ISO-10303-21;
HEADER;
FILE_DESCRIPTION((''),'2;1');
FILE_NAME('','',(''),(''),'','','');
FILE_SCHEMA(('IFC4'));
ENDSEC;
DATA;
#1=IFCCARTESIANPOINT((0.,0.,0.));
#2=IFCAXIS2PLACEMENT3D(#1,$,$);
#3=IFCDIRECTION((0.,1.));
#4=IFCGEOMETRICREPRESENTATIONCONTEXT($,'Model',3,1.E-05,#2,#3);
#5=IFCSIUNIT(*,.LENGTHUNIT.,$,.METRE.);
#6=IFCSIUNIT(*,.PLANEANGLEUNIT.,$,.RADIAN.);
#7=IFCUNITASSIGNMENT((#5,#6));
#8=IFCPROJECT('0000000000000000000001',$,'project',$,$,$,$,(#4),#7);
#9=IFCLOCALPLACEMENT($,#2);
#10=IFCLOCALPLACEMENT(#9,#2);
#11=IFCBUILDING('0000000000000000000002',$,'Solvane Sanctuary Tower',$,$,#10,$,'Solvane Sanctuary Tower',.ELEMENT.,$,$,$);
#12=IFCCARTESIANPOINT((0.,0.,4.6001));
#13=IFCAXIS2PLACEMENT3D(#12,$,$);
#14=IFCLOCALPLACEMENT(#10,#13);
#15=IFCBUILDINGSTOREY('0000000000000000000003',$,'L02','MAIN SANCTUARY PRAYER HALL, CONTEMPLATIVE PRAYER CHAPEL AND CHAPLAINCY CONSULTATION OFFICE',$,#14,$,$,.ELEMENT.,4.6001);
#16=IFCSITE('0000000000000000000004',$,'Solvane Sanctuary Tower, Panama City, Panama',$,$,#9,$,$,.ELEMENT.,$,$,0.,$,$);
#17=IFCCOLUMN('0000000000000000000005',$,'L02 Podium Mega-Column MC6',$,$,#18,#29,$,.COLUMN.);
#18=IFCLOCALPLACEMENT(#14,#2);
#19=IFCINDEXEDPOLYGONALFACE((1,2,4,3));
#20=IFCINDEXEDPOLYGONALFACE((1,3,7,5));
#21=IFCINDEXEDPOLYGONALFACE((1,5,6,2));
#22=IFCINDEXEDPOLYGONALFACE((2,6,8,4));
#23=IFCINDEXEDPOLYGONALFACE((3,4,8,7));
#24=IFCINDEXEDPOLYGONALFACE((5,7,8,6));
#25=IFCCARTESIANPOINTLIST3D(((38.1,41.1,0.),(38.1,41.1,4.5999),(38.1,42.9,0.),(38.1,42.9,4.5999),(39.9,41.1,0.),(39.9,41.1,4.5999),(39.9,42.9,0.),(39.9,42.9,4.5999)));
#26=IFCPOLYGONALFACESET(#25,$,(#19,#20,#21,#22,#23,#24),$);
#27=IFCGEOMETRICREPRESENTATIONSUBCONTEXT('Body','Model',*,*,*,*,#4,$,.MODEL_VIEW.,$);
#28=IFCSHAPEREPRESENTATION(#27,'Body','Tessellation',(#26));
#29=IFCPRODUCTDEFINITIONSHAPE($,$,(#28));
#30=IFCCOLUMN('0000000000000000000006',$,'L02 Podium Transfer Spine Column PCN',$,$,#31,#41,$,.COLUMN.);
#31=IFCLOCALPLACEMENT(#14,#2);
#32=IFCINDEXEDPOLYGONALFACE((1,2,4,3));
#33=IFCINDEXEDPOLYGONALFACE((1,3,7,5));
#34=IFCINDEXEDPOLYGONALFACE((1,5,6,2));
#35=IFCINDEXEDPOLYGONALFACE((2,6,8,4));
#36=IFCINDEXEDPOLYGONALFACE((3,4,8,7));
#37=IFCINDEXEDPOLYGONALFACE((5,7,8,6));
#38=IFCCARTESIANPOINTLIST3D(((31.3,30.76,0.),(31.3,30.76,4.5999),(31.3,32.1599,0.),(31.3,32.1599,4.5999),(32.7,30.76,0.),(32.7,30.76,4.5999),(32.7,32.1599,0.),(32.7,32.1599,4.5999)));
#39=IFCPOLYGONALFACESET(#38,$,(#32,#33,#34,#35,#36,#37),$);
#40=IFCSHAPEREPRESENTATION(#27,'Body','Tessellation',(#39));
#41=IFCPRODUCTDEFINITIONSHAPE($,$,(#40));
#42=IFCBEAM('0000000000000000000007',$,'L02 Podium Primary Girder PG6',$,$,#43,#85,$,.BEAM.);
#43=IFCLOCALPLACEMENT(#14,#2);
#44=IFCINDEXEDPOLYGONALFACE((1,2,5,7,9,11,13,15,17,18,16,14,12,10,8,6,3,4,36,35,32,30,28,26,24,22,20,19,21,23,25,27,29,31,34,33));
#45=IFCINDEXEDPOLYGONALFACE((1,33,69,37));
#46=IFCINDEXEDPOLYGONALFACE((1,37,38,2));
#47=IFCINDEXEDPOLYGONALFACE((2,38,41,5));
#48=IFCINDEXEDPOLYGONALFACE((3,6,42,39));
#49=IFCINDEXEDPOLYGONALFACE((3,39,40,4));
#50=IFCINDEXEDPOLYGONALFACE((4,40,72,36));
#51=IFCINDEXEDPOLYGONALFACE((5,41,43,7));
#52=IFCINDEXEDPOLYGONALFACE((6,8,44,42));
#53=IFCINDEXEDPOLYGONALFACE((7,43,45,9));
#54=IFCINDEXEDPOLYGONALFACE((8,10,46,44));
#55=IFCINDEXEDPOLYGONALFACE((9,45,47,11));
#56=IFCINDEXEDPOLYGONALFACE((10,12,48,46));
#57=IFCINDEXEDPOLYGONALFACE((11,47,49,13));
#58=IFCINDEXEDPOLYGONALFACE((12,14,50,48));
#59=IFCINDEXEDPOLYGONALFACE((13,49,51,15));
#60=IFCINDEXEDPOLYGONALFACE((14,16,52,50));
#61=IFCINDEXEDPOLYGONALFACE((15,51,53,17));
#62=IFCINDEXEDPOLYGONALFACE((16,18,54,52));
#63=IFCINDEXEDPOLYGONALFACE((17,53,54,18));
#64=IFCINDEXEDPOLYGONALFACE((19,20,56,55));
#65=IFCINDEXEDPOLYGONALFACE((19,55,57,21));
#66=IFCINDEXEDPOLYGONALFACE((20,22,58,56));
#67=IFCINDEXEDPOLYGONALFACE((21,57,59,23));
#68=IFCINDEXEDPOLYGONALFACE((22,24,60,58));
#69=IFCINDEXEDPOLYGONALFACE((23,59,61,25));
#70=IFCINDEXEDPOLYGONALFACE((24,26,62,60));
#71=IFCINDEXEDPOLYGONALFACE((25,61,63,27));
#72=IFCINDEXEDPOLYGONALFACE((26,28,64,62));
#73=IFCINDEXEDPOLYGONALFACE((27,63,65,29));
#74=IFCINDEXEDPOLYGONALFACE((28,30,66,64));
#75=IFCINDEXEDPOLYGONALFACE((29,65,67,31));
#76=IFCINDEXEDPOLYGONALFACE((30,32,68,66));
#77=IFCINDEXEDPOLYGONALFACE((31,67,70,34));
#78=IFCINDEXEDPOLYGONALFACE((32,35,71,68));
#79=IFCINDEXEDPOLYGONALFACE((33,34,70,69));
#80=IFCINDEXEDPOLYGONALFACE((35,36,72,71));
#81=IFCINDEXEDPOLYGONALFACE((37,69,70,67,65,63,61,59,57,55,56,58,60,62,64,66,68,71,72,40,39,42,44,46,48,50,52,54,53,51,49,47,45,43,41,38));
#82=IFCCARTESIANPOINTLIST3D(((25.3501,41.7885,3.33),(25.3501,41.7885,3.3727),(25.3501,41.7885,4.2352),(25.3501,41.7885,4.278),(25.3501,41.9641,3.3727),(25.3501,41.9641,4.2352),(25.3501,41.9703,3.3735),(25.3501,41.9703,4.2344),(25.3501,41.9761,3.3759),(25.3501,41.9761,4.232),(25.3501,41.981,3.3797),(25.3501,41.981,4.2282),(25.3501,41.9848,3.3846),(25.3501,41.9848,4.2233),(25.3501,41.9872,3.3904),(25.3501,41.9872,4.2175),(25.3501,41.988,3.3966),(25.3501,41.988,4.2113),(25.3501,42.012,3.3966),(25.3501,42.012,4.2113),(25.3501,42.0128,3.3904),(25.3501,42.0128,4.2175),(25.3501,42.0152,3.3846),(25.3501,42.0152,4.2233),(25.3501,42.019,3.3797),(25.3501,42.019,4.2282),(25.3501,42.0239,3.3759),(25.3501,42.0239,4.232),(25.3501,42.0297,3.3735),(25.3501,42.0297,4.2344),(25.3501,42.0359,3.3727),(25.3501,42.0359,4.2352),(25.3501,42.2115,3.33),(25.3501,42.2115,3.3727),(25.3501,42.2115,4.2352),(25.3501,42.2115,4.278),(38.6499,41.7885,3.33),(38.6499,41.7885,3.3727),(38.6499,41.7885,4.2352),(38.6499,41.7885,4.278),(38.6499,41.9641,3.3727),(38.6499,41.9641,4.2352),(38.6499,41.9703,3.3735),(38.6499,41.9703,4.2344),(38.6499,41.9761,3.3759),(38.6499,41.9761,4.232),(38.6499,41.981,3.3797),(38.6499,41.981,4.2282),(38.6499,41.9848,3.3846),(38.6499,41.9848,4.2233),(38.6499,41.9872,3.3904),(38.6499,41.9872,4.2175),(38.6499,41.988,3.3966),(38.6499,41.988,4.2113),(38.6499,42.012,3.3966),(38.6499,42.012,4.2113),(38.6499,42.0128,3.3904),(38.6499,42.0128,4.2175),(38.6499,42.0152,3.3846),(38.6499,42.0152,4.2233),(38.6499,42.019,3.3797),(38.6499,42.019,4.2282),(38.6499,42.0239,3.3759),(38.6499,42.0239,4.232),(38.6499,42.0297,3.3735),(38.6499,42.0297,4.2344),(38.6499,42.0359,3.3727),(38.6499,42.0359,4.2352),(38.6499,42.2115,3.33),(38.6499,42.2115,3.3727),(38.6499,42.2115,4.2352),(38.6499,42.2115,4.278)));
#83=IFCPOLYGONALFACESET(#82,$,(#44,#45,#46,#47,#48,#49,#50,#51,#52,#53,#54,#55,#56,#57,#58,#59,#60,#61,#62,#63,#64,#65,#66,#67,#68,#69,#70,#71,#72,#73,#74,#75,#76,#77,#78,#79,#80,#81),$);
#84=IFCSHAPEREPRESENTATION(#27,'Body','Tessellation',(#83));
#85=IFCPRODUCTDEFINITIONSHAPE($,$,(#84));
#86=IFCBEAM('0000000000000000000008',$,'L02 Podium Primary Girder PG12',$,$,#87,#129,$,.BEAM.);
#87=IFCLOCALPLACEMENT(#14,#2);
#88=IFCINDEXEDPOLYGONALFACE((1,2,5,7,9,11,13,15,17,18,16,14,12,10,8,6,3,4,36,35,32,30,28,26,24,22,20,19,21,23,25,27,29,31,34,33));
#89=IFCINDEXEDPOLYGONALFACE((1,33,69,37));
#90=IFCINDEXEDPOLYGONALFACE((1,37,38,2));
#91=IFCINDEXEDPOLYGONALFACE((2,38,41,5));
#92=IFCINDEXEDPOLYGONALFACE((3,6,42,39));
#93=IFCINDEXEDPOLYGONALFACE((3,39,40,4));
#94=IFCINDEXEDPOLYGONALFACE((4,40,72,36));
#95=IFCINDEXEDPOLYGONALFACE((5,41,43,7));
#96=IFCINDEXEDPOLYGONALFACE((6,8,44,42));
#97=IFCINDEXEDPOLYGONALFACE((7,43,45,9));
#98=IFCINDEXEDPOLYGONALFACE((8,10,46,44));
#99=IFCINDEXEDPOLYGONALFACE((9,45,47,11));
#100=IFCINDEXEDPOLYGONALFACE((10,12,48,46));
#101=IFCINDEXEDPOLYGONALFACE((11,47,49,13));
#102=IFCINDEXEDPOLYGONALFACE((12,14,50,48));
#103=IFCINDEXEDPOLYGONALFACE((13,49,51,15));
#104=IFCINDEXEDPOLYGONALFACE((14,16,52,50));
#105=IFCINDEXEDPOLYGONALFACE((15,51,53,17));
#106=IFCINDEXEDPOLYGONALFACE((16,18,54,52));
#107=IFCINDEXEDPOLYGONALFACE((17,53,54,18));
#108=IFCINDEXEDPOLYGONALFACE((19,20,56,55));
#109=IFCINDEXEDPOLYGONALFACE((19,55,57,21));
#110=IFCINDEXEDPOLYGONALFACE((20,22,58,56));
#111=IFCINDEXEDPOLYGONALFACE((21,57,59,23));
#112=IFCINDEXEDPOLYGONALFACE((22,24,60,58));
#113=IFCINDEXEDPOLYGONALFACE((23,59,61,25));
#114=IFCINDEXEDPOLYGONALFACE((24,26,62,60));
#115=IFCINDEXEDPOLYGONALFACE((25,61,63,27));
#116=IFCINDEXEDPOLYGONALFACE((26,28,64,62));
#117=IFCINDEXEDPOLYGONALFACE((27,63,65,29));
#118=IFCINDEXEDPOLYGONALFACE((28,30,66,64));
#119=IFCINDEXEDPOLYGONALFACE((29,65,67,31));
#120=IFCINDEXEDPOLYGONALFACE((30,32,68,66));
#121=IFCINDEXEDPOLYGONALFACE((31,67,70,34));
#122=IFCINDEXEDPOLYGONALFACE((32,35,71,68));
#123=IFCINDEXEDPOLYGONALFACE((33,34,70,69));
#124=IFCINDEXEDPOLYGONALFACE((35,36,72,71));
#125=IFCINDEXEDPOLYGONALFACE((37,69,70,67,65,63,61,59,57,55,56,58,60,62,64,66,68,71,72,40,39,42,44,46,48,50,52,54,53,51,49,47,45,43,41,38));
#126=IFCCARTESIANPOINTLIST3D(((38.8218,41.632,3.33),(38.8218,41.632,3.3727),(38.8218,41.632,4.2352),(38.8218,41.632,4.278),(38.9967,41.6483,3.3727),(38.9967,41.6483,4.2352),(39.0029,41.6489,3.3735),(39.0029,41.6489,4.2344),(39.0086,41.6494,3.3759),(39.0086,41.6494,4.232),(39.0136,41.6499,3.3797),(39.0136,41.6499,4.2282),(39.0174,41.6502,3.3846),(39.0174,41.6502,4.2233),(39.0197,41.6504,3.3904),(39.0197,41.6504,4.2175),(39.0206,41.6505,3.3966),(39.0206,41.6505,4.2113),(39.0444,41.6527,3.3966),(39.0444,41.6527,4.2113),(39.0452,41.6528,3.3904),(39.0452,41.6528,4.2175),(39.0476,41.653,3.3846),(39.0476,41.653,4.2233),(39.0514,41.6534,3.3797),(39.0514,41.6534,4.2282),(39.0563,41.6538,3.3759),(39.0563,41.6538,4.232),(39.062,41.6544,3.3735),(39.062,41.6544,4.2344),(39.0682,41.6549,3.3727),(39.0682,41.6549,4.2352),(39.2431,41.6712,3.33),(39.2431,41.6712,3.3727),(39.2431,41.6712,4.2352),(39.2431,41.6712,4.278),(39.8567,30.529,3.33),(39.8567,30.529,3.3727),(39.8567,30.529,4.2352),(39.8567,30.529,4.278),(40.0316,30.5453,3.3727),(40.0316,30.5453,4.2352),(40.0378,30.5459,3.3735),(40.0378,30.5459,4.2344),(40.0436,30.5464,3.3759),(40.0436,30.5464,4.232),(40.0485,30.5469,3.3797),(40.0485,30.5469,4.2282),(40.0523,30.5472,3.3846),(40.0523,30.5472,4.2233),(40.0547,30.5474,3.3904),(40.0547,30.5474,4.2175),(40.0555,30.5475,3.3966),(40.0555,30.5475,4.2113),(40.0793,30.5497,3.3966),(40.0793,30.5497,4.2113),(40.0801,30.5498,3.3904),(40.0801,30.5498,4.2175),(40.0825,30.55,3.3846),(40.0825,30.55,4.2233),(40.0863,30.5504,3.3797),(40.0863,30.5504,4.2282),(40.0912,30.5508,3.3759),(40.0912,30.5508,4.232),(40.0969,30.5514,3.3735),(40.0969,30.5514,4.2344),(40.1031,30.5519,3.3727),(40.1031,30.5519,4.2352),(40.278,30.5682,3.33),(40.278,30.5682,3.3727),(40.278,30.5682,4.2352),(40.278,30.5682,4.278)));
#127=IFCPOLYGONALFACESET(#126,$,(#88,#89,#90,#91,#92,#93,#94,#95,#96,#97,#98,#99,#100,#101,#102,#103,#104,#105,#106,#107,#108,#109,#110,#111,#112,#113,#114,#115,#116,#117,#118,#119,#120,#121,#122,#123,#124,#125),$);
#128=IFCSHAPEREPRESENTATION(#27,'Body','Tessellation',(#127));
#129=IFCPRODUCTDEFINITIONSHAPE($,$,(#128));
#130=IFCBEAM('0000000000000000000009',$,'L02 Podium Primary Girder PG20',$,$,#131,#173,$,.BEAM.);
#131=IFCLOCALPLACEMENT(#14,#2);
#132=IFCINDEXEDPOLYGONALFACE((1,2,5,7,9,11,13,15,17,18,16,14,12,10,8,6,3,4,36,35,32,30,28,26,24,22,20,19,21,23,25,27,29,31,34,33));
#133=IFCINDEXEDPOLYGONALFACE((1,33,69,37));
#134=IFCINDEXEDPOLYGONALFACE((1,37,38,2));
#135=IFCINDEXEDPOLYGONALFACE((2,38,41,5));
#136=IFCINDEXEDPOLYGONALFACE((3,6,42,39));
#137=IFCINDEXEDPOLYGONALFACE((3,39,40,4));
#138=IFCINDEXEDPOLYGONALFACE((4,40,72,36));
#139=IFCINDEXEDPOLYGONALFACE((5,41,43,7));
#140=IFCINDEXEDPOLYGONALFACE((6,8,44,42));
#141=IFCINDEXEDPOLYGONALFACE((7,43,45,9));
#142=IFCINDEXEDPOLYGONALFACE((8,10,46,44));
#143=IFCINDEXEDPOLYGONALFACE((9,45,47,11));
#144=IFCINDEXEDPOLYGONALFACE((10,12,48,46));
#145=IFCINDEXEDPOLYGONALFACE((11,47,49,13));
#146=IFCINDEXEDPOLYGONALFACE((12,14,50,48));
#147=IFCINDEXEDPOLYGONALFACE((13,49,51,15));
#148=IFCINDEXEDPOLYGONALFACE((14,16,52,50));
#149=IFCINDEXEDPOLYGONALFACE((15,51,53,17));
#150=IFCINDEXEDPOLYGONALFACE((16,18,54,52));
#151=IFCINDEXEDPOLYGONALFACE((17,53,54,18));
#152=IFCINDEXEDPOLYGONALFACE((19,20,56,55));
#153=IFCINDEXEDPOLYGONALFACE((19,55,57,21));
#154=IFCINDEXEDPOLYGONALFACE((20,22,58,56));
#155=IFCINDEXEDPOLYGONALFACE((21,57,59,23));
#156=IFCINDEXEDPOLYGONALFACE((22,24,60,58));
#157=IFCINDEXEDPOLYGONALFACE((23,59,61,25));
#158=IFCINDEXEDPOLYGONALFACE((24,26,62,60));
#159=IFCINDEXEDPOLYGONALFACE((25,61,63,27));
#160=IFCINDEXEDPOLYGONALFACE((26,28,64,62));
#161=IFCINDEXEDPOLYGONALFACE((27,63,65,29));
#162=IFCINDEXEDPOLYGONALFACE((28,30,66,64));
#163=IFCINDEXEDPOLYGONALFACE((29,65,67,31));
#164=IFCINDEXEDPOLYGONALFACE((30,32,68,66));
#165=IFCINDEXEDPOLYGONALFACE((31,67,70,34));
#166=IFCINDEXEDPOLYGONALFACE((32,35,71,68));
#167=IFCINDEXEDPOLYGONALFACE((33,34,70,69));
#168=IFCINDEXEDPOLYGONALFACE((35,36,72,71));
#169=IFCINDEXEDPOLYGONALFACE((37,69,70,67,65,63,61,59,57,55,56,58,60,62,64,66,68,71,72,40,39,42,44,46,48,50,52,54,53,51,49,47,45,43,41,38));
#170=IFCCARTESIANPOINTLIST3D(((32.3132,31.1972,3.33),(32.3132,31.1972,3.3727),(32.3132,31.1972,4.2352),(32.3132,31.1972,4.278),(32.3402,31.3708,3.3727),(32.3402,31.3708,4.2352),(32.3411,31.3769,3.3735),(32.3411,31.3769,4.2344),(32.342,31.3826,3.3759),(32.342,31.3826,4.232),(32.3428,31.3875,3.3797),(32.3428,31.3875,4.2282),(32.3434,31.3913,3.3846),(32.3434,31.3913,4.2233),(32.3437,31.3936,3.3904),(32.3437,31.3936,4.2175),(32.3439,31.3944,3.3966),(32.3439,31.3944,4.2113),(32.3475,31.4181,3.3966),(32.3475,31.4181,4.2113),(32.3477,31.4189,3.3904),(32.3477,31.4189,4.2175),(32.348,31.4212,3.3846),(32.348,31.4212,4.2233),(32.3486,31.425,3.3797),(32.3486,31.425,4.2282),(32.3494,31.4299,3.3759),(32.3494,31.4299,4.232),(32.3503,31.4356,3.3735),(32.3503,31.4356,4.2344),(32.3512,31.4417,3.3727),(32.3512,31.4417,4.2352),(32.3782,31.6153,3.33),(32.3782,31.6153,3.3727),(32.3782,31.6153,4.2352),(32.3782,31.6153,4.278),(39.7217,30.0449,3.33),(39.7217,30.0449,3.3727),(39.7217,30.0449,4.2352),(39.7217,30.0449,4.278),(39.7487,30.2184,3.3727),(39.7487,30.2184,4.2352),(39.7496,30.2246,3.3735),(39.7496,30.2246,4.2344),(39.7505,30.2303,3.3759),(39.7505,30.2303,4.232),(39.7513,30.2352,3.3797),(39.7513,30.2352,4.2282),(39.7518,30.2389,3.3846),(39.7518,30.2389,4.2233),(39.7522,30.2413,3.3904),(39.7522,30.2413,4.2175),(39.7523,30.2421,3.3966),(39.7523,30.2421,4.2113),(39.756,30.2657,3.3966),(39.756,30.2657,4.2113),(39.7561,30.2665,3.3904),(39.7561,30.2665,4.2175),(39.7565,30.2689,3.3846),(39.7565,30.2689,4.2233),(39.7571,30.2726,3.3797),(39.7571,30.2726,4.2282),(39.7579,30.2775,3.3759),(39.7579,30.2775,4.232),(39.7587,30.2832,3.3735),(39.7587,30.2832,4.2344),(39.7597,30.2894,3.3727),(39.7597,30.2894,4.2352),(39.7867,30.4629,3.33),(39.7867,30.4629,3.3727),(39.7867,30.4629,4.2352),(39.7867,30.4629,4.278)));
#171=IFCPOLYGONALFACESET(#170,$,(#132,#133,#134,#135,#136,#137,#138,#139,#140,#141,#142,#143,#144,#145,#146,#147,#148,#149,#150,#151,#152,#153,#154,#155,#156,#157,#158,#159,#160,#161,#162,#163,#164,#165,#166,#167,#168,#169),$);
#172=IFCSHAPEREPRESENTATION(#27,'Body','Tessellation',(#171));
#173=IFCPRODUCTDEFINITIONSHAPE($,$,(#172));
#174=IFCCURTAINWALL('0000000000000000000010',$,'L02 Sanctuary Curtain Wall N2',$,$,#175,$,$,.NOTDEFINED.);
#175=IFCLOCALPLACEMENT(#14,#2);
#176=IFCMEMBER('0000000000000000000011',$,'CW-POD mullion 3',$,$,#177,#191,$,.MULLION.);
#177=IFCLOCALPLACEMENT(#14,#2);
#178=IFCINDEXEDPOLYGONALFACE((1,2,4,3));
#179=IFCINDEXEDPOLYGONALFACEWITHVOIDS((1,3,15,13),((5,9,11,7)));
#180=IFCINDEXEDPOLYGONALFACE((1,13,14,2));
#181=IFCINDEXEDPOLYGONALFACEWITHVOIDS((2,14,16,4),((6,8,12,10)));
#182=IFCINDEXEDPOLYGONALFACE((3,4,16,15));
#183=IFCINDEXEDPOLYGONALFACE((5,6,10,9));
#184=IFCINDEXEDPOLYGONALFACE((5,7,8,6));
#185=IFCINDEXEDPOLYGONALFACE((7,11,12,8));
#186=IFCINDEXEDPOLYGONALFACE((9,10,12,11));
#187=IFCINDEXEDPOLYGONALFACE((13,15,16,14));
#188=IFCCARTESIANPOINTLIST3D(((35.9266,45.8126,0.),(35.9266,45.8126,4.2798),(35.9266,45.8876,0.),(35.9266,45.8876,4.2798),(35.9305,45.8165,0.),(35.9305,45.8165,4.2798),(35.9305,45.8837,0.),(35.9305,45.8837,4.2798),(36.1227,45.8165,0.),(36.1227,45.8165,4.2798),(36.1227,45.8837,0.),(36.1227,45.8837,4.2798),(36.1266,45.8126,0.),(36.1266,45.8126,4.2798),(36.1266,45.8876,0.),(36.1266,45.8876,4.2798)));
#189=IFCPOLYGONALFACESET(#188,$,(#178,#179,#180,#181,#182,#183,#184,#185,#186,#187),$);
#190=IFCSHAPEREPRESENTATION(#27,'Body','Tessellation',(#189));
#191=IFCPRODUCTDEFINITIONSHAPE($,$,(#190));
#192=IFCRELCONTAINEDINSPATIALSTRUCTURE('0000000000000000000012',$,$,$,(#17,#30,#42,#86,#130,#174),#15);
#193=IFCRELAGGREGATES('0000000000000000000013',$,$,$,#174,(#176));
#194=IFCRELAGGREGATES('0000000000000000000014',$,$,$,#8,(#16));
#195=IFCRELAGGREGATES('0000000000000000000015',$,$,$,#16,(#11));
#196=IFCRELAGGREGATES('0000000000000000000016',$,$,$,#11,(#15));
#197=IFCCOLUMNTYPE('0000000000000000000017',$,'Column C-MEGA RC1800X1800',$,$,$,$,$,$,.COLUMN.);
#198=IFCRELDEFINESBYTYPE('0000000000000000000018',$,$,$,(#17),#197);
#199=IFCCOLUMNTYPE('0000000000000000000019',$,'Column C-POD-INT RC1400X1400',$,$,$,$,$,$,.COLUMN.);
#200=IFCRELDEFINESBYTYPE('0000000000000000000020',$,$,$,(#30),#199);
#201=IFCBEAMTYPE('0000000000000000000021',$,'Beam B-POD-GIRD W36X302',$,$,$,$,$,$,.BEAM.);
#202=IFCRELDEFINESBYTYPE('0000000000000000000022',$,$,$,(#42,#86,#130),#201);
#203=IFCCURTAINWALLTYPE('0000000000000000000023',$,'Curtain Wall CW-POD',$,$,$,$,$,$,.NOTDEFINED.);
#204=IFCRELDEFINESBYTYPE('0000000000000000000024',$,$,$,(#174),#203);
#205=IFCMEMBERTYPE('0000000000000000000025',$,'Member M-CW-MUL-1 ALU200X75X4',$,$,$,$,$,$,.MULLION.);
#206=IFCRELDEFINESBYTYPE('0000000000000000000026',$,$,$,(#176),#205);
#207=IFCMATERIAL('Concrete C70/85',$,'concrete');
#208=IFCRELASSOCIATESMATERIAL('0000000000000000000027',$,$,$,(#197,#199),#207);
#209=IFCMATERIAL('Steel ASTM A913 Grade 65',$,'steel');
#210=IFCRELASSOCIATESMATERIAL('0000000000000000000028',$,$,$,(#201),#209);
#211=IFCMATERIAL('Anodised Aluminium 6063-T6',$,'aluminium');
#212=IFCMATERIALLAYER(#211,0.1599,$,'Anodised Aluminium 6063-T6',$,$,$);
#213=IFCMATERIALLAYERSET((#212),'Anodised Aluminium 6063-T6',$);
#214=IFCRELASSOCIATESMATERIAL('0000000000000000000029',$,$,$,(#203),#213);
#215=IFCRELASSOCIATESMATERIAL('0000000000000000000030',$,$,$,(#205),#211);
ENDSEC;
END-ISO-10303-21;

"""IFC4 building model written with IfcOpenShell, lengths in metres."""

from ifc_helpers import new_model, si_unit, direction, frame, origin, origin_2d, place, context, subcontext, project, spatial, rectangle, hollow_rectangle, i_section, extrude, material, layer, layer_set, material_profile, profile_set, type_object, element, aggregate, save


model = new_model("IFC4")

# Units and contexts
model_context = context("Model", 3, precision=1e-05, world=origin(), true_north=direction((0.0, 1.0)))
body_context = subcontext(model_context, "Body", "Model", "MODEL_VIEW")
ifc_project = project(units=[si_unit("LENGTHUNIT", "METRE"), si_unit("PLANEANGLEUNIT", "RADIAN")], contexts=[model_context])

# Site, building, storey
site_placement = place(None, origin())
site = spatial("IfcSite", under=ifc_project, at=site_placement, Name="Solvane Sanctuary Tower, Panama City, Panama", CompositionType="ELEMENT", RefElevation=0.0)
building_placement = place(site_placement, origin())
building = spatial("IfcBuilding", under=site, at=building_placement, Name="Solvane Sanctuary Tower", LongName="Solvane Sanctuary Tower", CompositionType="ELEMENT")
storey_placement = place(building_placement, frame((0.0, 0.0, 4.6001)))
storey = spatial("IfcBuildingStorey", under=building, at=storey_placement, Name="L02", Description="MAIN SANCTUARY PRAYER HALL, CONTEMPLATIVE PRAYER CHAPEL AND CHAPLAINCY CONSULTATION OFFICE", CompositionType="ELEMENT", Elevation=4.6001)

# Columns
ifc_material_1 = material(Name="Concrete C70/85", Category="concrete")
ifc_material_profile_1 = material_profile(ifc_material_1, rectangle(XDim=1.8, YDim=1.8, at=origin_2d()), Name="RC1800X1800")
ifc_profile_set_1 = profile_set([ifc_material_profile_1], Name="Concrete C70/85")
column_type_1 = type_object("IfcColumnType", Name="Column C-MEGA RC1800X1800", PredefinedType="COLUMN", material=ifc_profile_set_1)
column_1_placement = place(storey_placement, frame((39.0, 42.0, 0.0), z_axis=(0.0, 0.0, 1.0), x_axis=(1.0, 0.0, 0.0)))
element("IfcColumn", 1, at=column_1_placement, inside=storey, type_object=column_type_1, Name="L02 Podium Mega-Column MC6", PredefinedType="COLUMN", context=body_context, shape_type="SweptSolid", body=[
    extrude(rectangle(XDim=1.8, YDim=1.8, at=origin_2d()), origin(), (0.0, 0.0, 1.0), 4.5999),
])
ifc_material_profile_2 = material_profile(ifc_material_1, rectangle(XDim=1.3999, YDim=1.3999, at=origin_2d()), Name="RC1400X1400")
ifc_profile_set_2 = profile_set([ifc_material_profile_2], Name="Concrete C70/85")
column_type_2 = type_object("IfcColumnType", Name="Column C-POD-INT RC1400X1400", PredefinedType="COLUMN", material=ifc_profile_set_2)
column_2_placement = place(storey_placement, frame((32.0, 31.46, 0.0), z_axis=(0.0, 0.0, 1.0), x_axis=(1.0, 0.0, 0.0)))
element("IfcColumn", 2, at=column_2_placement, inside=storey, type_object=column_type_2, Name="L02 Podium Transfer Spine Column PCN", PredefinedType="COLUMN", context=body_context, shape_type="SweptSolid", body=[
    extrude(rectangle(XDim=1.3999, YDim=1.3999, at=origin_2d()), origin(), (0.0, 0.0, 1.0), 4.5999),
])

# Beams
ifc_material_2 = material(Name="Steel ASTM A913 Grade 65", Category="steel")
ifc_material_profile_3 = material_profile(ifc_material_2, i_section(OverallWidth=0.4231, OverallDepth=0.948, WebThickness=0.0239, FlangeThickness=0.0427, FilletRadius=0.0239, at=origin_2d()), Name="W36X302")
ifc_profile_set_3 = profile_set([ifc_material_profile_3], Name="Steel ASTM A913 Grade 65")
beam_type = type_object("IfcBeamType", Name="Beam B-POD-GIRD W36X302", PredefinedType="BEAM", material=ifc_profile_set_3)
beam_1_placement = place(storey_placement, frame((38.6499, 42.0, 3.804), z_axis=(-1.0, 0.0, 0.0), x_axis=(0.0, -1.0, 0.0)))
element("IfcBeam", 3, at=beam_1_placement, inside=storey, type_object=beam_type, Name="L02 Podium Primary Girder PG6", PredefinedType="BEAM", context=body_context, shape_type="SweptSolid", body=[
    extrude(i_section(OverallWidth=0.4231, OverallDepth=0.948, WebThickness=0.0239, FlangeThickness=0.0427, FilletRadius=0.0239, at=origin_2d()), origin(), (0.0, 0.0, 1.0), 13.2998),
])
beam_2_placement = place(storey_placement, frame((39.0325, 41.6516, 3.804), z_axis=(0.092808, -0.995684, 0.0), x_axis=(0.995684, 0.092808, 0.0)))
element("IfcBeam", 4, at=beam_2_placement, inside=storey, type_object=beam_type, Name="L02 Podium Primary Girder PG12", PredefinedType="BEAM", context=body_context, shape_type="SweptSolid", body=[
    extrude(i_section(OverallWidth=0.4231, OverallDepth=0.948, WebThickness=0.0239, FlangeThickness=0.0427, FilletRadius=0.0239, at=origin_2d()), origin(), (0.0, 0.0, 1.0), 11.1511),
])
beam_3_placement = place(storey_placement, frame((32.3457, 31.4062, 3.804), z_axis=(0.988118, -0.153696, 0.0), x_axis=(0.153696, 0.988118, 0.0)))
element("IfcBeam", 5, at=beam_3_placement, inside=storey, type_object=beam_type, Name="L02 Podium Primary Girder PG20", PredefinedType="BEAM", context=body_context, shape_type="SweptSolid", body=[
    extrude(i_section(OverallWidth=0.4231, OverallDepth=0.948, WebThickness=0.0239, FlangeThickness=0.0427, FilletRadius=0.0239, at=origin_2d()), origin(), (0.0, 0.0, 1.0), 7.4976),
])

# Curtain wall, member
ifc_material_3 = material(Name="Anodised Aluminium 6063-T6", Category="aluminium")
ifc_layer_1 = layer(ifc_material_3, 0.1599, Name="Anodised Aluminium 6063-T6")
ifc_layer_set_1 = layer_set([ifc_layer_1], Name="Anodised Aluminium 6063-T6")
curtain_wall_type = type_object("IfcCurtainWallType", Name="Curtain Wall CW-POD", PredefinedType="NOTDEFINED", material=ifc_layer_set_1)
curtain_wall_placement = place(storey_placement, origin())
curtain_wall = element("IfcCurtainWall", 6, at=curtain_wall_placement, inside=storey, type_object=curtain_wall_type, Name="L02 Sanctuary Curtain Wall N2", PredefinedType="NOTDEFINED")
ifc_material_profile_4 = material_profile(ifc_material_3, hollow_rectangle(XDim=0.075, YDim=0.2, WallThickness=0.0039, at=origin_2d()), Name="ALU200X75X4")
ifc_profile_set_4 = profile_set([ifc_material_profile_4], Name="Anodised Aluminium 6063-T6")
member_type_1 = type_object("IfcMemberType", Name="Member M-CW-MUL-1 ALU200X75X4", PredefinedType="MULLION", material=ifc_profile_set_4)
member_1_placement = place(storey_placement, frame((36.0266, 45.8501, 0.0), z_axis=(0.0, 0.0, 1.0), x_axis=(0.0, -1.0, 0.0)))
member_1 = element("IfcMember", 7, at=member_1_placement, type_object=member_type_1, Name="CW-POD mullion 3", PredefinedType="MULLION", context=body_context, shape_type="SweptSolid", body=[
    extrude(hollow_rectangle(XDim=0.075, YDim=0.2, WallThickness=0.0039, at=origin_2d()), origin(), (0.0, 0.0, 1.0), 4.2798),
])
aggregate(curtain_wall, [member_1])

save(model, "model.ifc")
